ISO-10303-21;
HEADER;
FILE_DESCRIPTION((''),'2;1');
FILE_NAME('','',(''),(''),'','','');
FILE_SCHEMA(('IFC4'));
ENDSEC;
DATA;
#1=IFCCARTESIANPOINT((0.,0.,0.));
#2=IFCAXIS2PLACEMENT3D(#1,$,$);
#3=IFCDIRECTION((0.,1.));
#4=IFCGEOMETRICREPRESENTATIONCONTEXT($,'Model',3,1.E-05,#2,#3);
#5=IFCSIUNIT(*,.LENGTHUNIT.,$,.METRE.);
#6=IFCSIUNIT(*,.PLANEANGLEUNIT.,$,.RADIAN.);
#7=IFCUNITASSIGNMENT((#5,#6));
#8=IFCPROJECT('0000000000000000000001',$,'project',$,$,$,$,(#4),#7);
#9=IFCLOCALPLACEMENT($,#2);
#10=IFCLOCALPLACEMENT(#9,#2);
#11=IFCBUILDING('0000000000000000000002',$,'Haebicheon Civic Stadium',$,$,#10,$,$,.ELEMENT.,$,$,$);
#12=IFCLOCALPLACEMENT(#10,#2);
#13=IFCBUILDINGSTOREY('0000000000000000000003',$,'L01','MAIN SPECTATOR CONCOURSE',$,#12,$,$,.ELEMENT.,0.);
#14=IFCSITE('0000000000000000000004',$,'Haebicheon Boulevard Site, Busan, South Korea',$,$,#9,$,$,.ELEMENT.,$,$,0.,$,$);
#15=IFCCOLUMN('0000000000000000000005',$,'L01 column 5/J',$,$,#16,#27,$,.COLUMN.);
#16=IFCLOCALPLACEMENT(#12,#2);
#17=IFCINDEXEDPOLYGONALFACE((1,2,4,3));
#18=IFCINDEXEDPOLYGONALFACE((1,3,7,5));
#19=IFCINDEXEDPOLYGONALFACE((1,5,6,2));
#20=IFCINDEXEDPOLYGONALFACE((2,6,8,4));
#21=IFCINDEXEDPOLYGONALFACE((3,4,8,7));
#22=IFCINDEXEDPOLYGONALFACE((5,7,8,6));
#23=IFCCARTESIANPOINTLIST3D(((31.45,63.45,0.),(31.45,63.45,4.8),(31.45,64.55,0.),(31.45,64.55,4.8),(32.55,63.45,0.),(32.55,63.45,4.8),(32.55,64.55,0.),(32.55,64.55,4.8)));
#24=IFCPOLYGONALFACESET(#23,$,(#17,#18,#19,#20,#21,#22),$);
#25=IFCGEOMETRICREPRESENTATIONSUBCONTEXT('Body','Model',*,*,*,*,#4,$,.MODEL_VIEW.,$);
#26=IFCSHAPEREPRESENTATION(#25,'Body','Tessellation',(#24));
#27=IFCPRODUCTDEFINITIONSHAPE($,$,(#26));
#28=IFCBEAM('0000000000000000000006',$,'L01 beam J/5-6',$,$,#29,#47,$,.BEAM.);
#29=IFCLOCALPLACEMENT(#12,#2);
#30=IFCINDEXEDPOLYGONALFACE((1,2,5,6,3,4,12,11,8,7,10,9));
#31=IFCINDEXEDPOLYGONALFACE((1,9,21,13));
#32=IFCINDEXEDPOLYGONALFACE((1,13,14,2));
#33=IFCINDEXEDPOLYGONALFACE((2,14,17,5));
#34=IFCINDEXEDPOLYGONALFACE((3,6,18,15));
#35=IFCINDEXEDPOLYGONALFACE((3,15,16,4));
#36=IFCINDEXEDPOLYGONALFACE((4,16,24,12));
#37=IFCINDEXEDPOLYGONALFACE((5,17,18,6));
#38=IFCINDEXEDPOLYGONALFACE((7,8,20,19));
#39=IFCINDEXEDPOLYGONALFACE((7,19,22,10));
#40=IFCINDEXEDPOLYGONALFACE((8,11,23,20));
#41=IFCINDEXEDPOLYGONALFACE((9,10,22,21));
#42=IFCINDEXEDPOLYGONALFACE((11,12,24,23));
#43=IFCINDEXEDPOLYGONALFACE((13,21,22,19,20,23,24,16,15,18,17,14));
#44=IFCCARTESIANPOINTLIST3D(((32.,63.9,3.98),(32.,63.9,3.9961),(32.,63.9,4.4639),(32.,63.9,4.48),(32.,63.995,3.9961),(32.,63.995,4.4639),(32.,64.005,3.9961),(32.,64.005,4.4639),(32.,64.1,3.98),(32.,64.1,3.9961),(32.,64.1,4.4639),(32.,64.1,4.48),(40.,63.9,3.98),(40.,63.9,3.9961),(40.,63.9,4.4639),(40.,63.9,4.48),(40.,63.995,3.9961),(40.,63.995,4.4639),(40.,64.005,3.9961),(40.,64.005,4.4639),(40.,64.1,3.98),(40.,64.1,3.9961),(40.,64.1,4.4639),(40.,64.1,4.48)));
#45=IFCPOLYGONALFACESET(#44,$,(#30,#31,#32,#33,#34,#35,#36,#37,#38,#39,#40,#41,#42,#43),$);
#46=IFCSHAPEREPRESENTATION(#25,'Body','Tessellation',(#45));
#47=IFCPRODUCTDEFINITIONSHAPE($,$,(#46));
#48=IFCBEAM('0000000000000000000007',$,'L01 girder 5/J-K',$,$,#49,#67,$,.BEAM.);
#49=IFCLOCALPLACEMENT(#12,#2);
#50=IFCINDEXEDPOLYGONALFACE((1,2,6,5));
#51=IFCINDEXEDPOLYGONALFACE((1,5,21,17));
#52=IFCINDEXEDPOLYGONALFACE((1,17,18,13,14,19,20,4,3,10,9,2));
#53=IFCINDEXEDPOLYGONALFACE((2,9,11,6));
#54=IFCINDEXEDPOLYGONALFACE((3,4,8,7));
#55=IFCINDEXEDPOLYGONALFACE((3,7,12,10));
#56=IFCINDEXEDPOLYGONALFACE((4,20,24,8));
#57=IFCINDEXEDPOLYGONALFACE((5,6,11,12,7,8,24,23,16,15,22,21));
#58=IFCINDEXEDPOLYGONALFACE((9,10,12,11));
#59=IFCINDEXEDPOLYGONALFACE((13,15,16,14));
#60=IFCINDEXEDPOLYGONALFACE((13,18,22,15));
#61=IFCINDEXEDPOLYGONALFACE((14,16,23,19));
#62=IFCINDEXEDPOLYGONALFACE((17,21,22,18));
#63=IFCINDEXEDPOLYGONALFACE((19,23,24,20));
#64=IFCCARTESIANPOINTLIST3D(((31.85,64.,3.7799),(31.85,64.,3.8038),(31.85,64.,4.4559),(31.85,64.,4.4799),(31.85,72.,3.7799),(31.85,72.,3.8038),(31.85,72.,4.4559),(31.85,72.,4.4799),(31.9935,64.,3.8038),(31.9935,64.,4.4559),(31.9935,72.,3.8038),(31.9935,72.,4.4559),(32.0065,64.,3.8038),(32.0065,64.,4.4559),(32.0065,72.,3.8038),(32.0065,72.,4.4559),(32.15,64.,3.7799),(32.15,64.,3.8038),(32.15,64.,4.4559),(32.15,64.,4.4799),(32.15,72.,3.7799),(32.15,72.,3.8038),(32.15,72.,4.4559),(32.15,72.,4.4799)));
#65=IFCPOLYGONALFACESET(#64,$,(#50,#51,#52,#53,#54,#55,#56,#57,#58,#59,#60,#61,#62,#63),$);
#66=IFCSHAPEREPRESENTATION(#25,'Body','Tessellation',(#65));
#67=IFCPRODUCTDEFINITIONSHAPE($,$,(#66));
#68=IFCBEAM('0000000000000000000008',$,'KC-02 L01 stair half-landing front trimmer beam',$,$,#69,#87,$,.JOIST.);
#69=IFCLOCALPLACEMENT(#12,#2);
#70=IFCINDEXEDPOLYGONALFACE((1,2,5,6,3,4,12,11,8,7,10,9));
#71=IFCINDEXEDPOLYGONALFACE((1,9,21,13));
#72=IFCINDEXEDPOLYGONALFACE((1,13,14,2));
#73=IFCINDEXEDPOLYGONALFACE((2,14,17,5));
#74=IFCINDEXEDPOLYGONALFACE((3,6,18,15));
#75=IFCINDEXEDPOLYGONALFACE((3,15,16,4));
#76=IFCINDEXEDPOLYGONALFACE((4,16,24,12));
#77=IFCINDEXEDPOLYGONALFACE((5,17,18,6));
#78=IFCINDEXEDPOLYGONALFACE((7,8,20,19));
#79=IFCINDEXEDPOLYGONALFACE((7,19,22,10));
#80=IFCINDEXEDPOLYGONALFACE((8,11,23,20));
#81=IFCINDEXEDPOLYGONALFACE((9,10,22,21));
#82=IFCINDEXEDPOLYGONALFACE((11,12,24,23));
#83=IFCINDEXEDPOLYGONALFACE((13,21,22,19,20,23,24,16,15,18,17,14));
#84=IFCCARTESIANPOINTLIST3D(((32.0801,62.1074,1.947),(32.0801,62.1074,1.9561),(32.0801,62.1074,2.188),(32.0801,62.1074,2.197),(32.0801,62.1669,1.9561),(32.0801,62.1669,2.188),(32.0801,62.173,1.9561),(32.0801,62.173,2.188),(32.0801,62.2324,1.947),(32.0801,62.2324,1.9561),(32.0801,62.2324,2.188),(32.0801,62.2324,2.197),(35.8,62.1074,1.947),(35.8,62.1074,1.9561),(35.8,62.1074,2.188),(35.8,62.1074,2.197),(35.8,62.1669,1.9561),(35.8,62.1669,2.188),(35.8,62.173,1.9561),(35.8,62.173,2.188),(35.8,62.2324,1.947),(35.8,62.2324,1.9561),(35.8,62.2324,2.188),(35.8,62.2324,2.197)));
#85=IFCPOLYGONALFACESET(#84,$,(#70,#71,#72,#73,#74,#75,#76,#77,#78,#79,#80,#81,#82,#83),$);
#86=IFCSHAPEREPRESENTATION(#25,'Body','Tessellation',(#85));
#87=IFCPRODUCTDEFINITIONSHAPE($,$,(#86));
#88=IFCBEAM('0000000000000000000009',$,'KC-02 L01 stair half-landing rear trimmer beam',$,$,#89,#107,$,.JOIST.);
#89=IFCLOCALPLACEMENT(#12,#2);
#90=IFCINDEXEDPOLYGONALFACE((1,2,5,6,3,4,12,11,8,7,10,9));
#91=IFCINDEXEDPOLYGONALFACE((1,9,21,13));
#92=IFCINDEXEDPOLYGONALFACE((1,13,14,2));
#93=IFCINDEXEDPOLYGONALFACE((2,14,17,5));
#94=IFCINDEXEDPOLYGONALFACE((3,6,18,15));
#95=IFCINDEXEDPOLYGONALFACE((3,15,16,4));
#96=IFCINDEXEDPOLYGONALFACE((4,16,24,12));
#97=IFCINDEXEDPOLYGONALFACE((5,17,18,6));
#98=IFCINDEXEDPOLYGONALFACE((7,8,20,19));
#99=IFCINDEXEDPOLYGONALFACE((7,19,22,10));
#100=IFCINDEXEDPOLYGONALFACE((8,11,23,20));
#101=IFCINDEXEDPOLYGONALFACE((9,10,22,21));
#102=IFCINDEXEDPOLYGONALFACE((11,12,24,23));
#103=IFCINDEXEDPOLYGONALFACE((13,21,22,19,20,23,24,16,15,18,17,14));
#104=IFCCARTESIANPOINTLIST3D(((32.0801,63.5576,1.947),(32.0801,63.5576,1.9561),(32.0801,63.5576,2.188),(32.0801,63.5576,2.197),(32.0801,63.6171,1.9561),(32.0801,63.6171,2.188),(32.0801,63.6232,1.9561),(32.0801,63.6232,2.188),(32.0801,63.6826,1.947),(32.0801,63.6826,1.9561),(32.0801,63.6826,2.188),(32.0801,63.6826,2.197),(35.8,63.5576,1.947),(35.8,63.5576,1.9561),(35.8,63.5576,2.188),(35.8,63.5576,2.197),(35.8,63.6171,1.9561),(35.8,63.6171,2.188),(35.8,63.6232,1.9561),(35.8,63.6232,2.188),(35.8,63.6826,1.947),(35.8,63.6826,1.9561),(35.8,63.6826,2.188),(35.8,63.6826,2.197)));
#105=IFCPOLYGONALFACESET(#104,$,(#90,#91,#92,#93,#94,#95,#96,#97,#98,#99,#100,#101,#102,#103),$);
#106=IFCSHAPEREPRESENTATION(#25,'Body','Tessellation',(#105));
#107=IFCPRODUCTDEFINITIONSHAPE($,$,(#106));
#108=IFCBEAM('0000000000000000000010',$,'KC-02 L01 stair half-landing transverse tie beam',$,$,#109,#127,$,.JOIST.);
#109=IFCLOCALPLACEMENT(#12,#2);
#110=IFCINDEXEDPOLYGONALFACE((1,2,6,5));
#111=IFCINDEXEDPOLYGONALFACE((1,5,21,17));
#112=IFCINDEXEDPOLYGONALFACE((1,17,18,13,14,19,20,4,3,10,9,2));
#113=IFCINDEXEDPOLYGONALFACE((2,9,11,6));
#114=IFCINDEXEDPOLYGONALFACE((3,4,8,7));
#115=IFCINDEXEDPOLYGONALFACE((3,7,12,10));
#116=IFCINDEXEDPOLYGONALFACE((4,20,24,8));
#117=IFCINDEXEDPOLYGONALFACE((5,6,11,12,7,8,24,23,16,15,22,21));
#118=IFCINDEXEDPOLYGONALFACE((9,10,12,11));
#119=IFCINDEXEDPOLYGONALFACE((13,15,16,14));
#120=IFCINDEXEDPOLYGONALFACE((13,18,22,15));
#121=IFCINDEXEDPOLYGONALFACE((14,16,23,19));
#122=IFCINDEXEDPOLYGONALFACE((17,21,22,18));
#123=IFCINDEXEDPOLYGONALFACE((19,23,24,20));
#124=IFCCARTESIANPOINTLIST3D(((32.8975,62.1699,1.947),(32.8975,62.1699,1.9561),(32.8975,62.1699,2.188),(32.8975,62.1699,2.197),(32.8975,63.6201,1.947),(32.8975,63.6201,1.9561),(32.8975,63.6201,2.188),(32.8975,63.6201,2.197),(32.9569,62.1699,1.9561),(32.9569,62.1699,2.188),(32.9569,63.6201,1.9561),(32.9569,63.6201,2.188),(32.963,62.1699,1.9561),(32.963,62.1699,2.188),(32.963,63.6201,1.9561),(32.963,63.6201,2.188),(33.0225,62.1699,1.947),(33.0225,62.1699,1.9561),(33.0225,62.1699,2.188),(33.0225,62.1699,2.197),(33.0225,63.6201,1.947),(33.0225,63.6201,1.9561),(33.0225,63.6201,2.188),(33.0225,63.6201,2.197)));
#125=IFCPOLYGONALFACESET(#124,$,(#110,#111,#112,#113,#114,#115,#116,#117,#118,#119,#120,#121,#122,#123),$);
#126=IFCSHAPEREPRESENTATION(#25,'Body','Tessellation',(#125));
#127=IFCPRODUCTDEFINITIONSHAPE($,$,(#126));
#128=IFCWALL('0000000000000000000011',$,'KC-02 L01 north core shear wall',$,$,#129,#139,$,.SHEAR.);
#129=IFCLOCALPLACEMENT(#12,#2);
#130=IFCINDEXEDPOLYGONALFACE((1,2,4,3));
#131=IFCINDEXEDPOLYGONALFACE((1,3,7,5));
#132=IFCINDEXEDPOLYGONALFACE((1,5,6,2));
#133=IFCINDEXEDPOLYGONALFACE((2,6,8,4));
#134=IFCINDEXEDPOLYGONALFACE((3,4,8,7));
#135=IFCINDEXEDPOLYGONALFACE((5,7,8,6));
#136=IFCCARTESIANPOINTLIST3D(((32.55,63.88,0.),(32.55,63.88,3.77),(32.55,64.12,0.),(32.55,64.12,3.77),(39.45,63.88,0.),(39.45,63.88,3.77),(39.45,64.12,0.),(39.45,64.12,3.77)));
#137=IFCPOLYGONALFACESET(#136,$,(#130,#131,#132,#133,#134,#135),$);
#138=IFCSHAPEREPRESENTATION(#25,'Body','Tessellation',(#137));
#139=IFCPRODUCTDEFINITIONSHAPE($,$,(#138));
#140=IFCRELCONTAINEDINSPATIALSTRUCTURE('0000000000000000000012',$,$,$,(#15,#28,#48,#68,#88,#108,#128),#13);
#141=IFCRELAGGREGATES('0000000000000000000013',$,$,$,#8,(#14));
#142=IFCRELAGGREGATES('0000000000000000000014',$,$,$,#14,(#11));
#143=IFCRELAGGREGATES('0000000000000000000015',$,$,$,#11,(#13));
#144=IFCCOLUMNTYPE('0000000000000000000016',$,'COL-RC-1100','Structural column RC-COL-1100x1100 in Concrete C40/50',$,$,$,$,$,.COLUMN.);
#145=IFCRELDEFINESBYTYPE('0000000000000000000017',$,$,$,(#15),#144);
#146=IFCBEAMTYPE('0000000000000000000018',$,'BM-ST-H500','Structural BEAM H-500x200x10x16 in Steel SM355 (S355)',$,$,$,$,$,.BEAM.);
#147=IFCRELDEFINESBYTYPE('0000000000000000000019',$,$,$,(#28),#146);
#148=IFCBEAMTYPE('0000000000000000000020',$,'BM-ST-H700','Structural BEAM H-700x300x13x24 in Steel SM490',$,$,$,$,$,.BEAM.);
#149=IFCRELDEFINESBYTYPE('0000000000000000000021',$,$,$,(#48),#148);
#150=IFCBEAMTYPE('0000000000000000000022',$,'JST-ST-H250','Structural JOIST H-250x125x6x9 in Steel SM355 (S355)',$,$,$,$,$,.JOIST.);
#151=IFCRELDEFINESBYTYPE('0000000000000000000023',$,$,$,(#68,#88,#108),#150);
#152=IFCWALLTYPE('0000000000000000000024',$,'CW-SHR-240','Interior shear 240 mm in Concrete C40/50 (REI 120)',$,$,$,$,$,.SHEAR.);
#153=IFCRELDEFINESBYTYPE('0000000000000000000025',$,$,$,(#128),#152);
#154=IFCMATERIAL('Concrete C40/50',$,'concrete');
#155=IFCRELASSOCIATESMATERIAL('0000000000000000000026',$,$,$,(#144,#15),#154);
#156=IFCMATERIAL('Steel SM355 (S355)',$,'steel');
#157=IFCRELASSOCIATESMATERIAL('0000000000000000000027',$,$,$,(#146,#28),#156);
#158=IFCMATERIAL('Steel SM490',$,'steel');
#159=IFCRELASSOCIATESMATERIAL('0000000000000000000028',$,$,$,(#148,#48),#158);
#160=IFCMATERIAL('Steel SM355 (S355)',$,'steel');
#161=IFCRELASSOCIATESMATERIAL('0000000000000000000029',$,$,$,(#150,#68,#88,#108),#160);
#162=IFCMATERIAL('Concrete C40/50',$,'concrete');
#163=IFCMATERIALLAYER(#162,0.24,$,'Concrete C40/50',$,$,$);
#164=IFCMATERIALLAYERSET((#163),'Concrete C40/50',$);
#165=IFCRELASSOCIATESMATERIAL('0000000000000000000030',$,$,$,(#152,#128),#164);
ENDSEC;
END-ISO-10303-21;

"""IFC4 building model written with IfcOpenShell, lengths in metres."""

from ifc_helpers import new_model, si_unit, direction, frame, frame_2d, origin, origin_2d, place, context, subcontext, project, spatial, rectangle, i_section, extrude, material, layer, layer_set, material_profile, profile_set, type_object, element, save


model = new_model("IFC4")

# Units and contexts
model_context = context("Model", 3, precision=1e-05, world=origin(), true_north=direction((0.0, 1.0)))
body_context = subcontext(model_context, "Body", "Model", "MODEL_VIEW")
ifc_project = project(units=[si_unit("LENGTHUNIT", "METRE"), si_unit("PLANEANGLEUNIT", "RADIAN")], contexts=[model_context])

# Site, building, storey
site_placement = place(None, origin())
site = spatial("IfcSite", under=ifc_project, at=site_placement, Name="Haebicheon Boulevard Site, Busan, South Korea", CompositionType="ELEMENT", RefElevation=0.0)
building_placement = place(site_placement, origin())
building = spatial("IfcBuilding", under=site, at=building_placement, Name="Haebicheon Civic Stadium", CompositionType="ELEMENT")
storey_placement = place(building_placement, origin())
storey = spatial("IfcBuildingStorey", under=building, at=storey_placement, Name="L01", Description="MAIN SPECTATOR CONCOURSE", CompositionType="ELEMENT", Elevation=0.0)

# Column
ifc_material_1 = material(Name="Concrete C40/50", Category="concrete")
ifc_material_profile_1 = material_profile(ifc_material_1, rectangle(XDim=1.1001, YDim=1.1001, at=origin_2d()), Name="RC-COL-1100x1100")
ifc_profile_set_1 = profile_set([ifc_material_profile_1], Name="Concrete C40/50")
column_type = type_object("IfcColumnType", Name="COL-RC-1100", Description="Structural column RC-COL-1100x1100 in Concrete C40/50", PredefinedType="COLUMN", material=ifc_profile_set_1)
column_placement = place(storey_placement, frame((32.0, 64.0, 0.0), z_axis=(0.0, 0.0, 1.0), x_axis=(1.0, 0.0, 0.0)))
element("IfcColumn", 1, at=column_placement, inside=storey, type_object=column_type, material=ifc_profile_set_1, Name="L01 column 5/J", PredefinedType="COLUMN", context=body_context, shape_type="SweptSolid", body=[
    extrude(rectangle(XDim=1.1001, YDim=1.1001, at=origin_2d()), origin(), (0.0, 0.0, 1.0), 4.8),
])

# Beams
ifc_material_2 = material(Name="Steel SM355 (S355)", Category="steel")
ifc_material_profile_2 = material_profile(ifc_material_2, i_section(OverallWidth=0.2, OverallDepth=0.5, WebThickness=0.01, FlangeThickness=0.0161, at=origin_2d()), Name="H-500x200x10x16")
ifc_profile_set_2 = profile_set([ifc_material_profile_2], Name="Steel SM355 (S355)")
beam_type_1 = type_object("IfcBeamType", Name="BM-ST-H500", Description="Structural BEAM H-500x200x10x16 in Steel SM355 (S355)", PredefinedType="BEAM", material=ifc_profile_set_2)
beam_1_placement = place(storey_placement, frame((32.0, 64.0, 4.23), z_axis=(1.0, 0.0, 0.0), x_axis=(0.0, 1.0, 0.0)))
element("IfcBeam", 2, at=beam_1_placement, inside=storey, type_object=beam_type_1, material=ifc_profile_set_2, Name="L01 beam J/5-6", PredefinedType="BEAM", context=body_context, shape_type="SweptSolid", body=[
    extrude(i_section(OverallWidth=0.2, OverallDepth=0.5, WebThickness=0.01, FlangeThickness=0.0161, at=origin_2d()), origin(), (0.0, 0.0, 1.0), 8.0),
])
ifc_material_3 = material(Name="Steel SM490", Category="steel")
ifc_material_profile_3 = material_profile(ifc_material_3, i_section(OverallWidth=0.3, OverallDepth=0.7, WebThickness=0.0129, FlangeThickness=0.0239, at=origin_2d()), Name="H-700x300x13x24")
ifc_profile_set_3 = profile_set([ifc_material_profile_3], Name="Steel SM490")
beam_type_2 = type_object("IfcBeamType", Name="BM-ST-H700", Description="Structural BEAM H-700x300x13x24 in Steel SM490", PredefinedType="BEAM", material=ifc_profile_set_3)
beam_2_placement = place(storey_placement, frame((32.0, 64.0, 4.1299), z_axis=(0.0, 1.0, 0.0), x_axis=(-1.0, 0.0, 0.0)))
element("IfcBeam", 3, at=beam_2_placement, inside=storey, type_object=beam_type_2, material=ifc_profile_set_3, Name="L01 girder 5/J-K", PredefinedType="BEAM", context=body_context, shape_type="SweptSolid", body=[
    extrude(i_section(OverallWidth=0.3, OverallDepth=0.7, WebThickness=0.0129, FlangeThickness=0.0239, at=origin_2d()), origin(), (0.0, 0.0, 1.0), 8.0),
])
ifc_material_4 = material(Name="Steel SM355 (S355)", Category="steel")
ifc_material_profile_4 = material_profile(ifc_material_4, i_section(OverallWidth=0.125, OverallDepth=0.25, WebThickness=0.0061, FlangeThickness=0.009, at=origin_2d()), Name="H-250x125x6x9")
ifc_profile_set_4 = profile_set([ifc_material_profile_4], Name="Steel SM355 (S355)")
beam_type_3 = type_object("IfcBeamType", Name="JST-ST-H250", Description="Structural JOIST H-250x125x6x9 in Steel SM355 (S355)", PredefinedType="JOIST", material=ifc_profile_set_4)
for number, where, z_axis, x_axis, name in (
    (4, (32.0801, 62.1699, 2.072), (1.0, 0.0, 0.0), (0.0, 1.0, 0.0), "KC-02 L01 stair half-landing front trimmer beam"),
    (5, (32.0801, 63.6201, 2.072), (1.0, 0.0, 0.0), (0.0, 1.0, 0.0), "KC-02 L01 stair half-landing rear trimmer beam"),
):
    element("IfcBeam", number, at=place(storey_placement, frame(where, z_axis=z_axis, x_axis=x_axis)), inside=storey, type_object=beam_type_3, material=ifc_profile_set_4, Name=name, PredefinedType="JOIST", context=body_context, shape_type="SweptSolid", body=[
        extrude(i_section(OverallWidth=0.125, OverallDepth=0.25, WebThickness=0.0061, FlangeThickness=0.009, at=origin_2d()), origin(), (0.0, 0.0, 1.0), 3.72),
    ])
beam_3_placement = place(storey_placement, frame((32.96, 62.1699, 2.072), z_axis=(0.0, 1.0, 0.0), x_axis=(-1.0, 0.0, 0.0)))
element("IfcBeam", 6, at=beam_3_placement, inside=storey, type_object=beam_type_3, material=ifc_profile_set_4, Name="KC-02 L01 stair half-landing transverse tie beam", PredefinedType="JOIST", context=body_context, shape_type="SweptSolid", body=[
    extrude(i_section(OverallWidth=0.125, OverallDepth=0.25, WebThickness=0.0061, FlangeThickness=0.009, at=origin_2d()), origin(), (0.0, 0.0, 1.0), 1.4502),
])

# Wall
ifc_material_5 = material(Name="Concrete C40/50", Category="concrete")
ifc_layer_1 = layer(ifc_material_5, 0.24, Name="Concrete C40/50")
ifc_layer_set_1 = layer_set([ifc_layer_1], Name="Concrete C40/50")
wall_type = type_object("IfcWallType", Name="CW-SHR-240", Description="Interior shear 240 mm in Concrete C40/50 (REI 120)", PredefinedType="SHEAR", material=ifc_layer_set_1)
wall_1_placement = place(storey_placement, frame((32.55, 64.0, 0.0), z_axis=(0.0, 0.0, 1.0), x_axis=(1.0, 0.0, 0.0)))
element("IfcWall", 7, at=wall_1_placement, inside=storey, type_object=wall_type, material=ifc_layer_set_1, Name="KC-02 L01 north core shear wall", PredefinedType="SHEAR", context=body_context, shape_type="SweptSolid", body=[
    extrude(rectangle(XDim=6.8999, YDim=0.24, at=frame_2d((3.45, 0.0))), origin(), (0.0, 0.0, 1.0), 3.77),
])

save(model, "model.ifc")
